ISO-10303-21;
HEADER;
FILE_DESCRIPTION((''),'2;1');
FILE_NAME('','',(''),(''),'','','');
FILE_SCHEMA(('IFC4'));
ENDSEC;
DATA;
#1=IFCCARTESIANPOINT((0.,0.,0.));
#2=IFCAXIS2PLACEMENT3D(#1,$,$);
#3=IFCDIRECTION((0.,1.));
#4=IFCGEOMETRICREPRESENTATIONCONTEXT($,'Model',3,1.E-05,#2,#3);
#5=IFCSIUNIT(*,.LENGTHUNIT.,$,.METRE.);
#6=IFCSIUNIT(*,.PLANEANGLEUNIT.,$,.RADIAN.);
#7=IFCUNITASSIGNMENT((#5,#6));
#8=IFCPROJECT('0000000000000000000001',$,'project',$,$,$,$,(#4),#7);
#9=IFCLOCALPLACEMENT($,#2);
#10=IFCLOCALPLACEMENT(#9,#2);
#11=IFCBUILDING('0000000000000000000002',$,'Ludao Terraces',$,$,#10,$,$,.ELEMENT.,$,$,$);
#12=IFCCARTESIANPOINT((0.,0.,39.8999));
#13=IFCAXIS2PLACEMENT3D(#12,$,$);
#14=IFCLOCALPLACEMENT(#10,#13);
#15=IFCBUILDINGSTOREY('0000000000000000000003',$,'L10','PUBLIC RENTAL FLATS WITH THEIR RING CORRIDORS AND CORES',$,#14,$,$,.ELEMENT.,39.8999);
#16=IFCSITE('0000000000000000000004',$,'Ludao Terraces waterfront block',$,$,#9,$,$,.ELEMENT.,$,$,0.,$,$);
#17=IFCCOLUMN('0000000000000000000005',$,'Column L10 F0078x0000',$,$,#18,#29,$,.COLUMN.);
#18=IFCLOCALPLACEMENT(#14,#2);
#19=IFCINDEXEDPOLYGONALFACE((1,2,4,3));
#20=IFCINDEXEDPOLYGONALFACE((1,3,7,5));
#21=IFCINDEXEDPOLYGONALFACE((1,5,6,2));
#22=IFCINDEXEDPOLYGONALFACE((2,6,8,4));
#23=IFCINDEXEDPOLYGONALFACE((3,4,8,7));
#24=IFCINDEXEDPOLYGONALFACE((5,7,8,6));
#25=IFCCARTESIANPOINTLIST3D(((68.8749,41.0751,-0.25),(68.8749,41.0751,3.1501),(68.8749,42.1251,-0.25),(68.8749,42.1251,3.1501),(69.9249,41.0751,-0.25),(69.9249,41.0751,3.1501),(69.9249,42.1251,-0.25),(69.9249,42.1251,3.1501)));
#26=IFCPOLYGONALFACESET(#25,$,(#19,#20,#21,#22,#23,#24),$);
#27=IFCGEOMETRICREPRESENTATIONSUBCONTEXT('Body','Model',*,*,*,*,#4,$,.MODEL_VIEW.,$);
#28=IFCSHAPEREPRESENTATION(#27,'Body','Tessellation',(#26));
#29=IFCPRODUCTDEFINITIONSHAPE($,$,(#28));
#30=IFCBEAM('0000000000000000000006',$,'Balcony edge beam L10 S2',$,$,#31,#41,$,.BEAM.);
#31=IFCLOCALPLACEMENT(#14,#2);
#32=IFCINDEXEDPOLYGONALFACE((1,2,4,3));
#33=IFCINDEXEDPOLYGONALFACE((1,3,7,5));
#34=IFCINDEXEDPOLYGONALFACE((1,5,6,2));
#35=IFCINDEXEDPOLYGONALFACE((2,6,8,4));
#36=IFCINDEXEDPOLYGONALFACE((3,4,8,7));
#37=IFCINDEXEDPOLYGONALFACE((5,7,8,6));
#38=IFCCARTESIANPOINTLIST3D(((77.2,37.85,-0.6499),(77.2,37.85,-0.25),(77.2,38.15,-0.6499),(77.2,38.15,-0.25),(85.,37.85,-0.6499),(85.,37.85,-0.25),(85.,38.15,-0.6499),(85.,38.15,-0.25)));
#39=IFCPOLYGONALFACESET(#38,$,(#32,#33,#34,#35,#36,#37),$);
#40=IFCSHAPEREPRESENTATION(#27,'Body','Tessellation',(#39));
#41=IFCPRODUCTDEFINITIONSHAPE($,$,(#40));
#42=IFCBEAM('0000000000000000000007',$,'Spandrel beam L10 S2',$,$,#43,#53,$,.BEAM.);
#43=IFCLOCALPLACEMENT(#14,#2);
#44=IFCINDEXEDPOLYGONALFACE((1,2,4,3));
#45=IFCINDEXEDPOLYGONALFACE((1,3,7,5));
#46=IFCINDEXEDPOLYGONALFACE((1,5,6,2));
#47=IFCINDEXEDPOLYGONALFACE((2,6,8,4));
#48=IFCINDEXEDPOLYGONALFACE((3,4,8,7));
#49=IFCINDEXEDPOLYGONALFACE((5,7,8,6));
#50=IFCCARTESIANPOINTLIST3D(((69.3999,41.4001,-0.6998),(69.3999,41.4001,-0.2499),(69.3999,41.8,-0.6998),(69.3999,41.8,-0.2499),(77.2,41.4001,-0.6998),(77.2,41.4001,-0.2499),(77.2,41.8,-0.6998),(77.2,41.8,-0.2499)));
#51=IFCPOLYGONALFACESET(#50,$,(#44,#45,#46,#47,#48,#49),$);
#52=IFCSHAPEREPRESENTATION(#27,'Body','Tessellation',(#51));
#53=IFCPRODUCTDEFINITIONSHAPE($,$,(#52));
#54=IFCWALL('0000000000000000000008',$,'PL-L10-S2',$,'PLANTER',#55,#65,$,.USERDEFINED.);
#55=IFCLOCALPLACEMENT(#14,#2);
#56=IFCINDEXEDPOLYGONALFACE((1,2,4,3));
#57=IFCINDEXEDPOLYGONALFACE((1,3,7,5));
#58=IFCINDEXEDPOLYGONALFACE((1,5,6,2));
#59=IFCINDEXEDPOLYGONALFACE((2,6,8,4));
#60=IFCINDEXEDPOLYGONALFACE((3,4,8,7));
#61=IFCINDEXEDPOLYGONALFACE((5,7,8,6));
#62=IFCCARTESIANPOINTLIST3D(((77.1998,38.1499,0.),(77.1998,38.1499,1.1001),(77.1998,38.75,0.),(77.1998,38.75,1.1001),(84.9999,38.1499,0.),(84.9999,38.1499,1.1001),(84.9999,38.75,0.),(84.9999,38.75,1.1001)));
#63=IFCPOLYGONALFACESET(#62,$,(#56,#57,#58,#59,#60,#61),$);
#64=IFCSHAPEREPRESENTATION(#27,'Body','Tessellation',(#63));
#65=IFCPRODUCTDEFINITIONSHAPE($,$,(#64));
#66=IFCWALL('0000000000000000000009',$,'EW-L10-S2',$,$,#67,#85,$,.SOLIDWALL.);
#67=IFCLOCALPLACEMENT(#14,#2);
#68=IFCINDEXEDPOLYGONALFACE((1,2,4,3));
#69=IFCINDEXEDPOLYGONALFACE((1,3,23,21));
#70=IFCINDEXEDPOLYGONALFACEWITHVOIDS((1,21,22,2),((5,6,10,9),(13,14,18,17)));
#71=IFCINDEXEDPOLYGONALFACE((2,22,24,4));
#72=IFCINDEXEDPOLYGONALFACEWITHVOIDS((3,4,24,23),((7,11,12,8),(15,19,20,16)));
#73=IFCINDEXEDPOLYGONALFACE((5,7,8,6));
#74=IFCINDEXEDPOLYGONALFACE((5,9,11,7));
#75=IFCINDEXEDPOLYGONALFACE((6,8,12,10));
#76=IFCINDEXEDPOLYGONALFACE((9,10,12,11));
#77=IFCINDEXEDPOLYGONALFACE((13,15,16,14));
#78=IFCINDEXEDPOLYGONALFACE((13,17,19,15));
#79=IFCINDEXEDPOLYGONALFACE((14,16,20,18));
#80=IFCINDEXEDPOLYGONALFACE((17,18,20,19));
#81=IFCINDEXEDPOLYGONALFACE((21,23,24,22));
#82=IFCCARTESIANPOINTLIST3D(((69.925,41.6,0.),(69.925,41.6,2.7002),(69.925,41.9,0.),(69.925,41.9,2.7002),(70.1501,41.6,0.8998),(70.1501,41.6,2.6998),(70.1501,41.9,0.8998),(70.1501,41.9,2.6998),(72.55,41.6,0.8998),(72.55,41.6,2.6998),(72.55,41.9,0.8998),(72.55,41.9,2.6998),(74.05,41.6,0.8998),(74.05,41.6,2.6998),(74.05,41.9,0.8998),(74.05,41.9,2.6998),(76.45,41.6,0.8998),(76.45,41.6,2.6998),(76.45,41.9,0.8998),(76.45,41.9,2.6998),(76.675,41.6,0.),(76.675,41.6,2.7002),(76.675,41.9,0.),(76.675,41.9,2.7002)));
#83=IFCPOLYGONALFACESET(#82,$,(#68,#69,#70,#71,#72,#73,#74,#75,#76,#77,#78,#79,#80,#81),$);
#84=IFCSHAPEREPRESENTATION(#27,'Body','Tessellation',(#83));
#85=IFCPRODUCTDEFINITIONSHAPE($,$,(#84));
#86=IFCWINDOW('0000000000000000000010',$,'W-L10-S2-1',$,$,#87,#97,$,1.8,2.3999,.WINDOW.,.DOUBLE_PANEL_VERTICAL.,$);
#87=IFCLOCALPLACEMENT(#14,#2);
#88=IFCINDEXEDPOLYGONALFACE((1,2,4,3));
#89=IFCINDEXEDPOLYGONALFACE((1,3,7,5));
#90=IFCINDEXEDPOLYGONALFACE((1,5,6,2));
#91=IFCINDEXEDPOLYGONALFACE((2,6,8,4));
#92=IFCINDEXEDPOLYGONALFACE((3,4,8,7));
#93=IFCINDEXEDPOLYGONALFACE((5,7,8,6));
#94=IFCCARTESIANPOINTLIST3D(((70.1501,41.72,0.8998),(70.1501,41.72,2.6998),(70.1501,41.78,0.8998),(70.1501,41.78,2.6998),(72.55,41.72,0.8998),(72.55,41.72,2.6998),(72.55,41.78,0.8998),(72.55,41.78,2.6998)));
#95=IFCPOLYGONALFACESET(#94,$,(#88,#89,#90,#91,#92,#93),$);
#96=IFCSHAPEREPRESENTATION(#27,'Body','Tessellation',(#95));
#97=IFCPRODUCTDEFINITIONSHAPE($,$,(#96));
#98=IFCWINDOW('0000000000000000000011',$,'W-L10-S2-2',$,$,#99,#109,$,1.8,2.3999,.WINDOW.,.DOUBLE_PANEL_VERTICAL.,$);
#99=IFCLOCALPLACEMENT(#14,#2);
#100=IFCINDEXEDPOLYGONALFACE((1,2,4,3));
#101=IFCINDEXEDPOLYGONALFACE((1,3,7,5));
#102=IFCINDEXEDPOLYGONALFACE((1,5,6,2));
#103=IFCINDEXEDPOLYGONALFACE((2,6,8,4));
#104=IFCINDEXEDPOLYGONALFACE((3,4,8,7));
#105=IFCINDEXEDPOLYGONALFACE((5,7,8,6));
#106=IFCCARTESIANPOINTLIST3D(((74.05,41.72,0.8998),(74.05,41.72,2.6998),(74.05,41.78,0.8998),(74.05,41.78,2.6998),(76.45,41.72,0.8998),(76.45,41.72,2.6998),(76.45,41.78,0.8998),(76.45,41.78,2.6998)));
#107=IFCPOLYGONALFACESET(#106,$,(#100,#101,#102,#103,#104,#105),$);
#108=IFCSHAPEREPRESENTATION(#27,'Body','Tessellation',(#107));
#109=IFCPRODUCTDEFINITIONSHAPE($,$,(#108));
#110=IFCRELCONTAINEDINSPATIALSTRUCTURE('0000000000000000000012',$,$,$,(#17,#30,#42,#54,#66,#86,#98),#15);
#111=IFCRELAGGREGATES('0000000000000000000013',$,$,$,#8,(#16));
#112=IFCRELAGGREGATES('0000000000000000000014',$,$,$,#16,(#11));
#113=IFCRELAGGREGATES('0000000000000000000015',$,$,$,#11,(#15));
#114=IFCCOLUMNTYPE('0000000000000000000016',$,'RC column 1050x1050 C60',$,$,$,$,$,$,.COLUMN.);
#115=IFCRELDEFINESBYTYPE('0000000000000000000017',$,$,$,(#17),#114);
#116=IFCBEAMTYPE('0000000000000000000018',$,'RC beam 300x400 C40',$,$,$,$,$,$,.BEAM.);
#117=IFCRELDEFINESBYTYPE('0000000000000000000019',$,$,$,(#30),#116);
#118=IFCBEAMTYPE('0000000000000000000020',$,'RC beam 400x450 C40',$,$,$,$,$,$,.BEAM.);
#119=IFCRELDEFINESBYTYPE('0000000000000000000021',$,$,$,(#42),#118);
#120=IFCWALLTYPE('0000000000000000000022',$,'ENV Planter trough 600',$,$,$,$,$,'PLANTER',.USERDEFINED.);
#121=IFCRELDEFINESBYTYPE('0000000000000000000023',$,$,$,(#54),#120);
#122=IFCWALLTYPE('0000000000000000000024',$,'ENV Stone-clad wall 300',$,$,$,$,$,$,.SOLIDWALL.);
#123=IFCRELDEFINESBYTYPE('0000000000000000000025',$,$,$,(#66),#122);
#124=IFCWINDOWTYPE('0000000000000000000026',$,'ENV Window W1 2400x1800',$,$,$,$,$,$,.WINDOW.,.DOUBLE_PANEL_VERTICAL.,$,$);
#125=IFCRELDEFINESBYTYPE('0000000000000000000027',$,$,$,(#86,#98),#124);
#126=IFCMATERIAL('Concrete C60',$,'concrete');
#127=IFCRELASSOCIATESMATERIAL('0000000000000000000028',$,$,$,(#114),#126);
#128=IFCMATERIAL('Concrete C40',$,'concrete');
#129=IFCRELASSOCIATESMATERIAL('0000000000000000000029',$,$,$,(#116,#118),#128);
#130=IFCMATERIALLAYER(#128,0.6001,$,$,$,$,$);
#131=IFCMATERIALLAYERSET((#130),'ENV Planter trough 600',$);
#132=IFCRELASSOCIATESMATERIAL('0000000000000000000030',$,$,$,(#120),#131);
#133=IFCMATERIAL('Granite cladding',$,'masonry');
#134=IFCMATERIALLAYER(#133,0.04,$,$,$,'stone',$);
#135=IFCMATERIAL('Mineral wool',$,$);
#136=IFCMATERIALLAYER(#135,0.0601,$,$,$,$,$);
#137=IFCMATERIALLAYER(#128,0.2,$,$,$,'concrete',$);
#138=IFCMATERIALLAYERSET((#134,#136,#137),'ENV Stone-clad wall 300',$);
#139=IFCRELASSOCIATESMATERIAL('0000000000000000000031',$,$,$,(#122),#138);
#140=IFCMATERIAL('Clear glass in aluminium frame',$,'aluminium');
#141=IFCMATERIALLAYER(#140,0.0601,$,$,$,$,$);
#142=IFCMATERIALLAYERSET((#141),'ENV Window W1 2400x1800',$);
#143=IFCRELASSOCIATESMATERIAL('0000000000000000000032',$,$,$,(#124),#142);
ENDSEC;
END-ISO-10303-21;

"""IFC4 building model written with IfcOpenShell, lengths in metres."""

from ifc_helpers import new_model, si_unit, direction, frame, frame_2d, origin, origin_2d, place, context, subcontext, project, spatial, rectangle, extrude, material, layer, layer_set, material_profile, profile_set, type_object, element, fill, save


model = new_model("IFC4")

# Units and contexts
model_context = context("Model", 3, precision=1e-05, world=origin(), true_north=direction((0.0, 1.0)))
body_context = subcontext(model_context, "Body", "Model", "MODEL_VIEW")
ifc_project = project(units=[si_unit("LENGTHUNIT", "METRE"), si_unit("PLANEANGLEUNIT", "RADIAN")], contexts=[model_context])

# Site, building, storey
site_placement = place(None, origin())
site = spatial("IfcSite", under=ifc_project, at=site_placement, Name="Ludao Terraces waterfront block", CompositionType="ELEMENT", RefElevation=0.0)
building_placement = place(site_placement, origin())
building = spatial("IfcBuilding", under=site, at=building_placement, Name="Ludao Terraces", CompositionType="ELEMENT")
storey_placement = place(building_placement, frame((0.0, 0.0, 39.8999)))
storey = spatial("IfcBuildingStorey", under=building, at=storey_placement, Name="L10", Description="PUBLIC RENTAL FLATS WITH THEIR RING CORRIDORS AND CORES", CompositionType="ELEMENT", Elevation=39.8999)

# Column
ifc_material_1 = material(Name="Concrete C60", Category="concrete")
ifc_material_profile_1 = material_profile(ifc_material_1, rectangle(XDim=1.05, YDim=1.05, at=origin_2d()), Name="1050 X 1050")
ifc_profile_set_1 = profile_set([ifc_material_profile_1], Name="Concrete C60")
column_type = type_object("IfcColumnType", Name="RC column 1050x1050 C60", PredefinedType="COLUMN", material=ifc_profile_set_1)
column_placement = place(storey_placement, frame((69.3999, 41.6001, -0.25), z_axis=(0.0, 0.0, 1.0), x_axis=(1.0, 0.0, 0.0)))
element("IfcColumn", 1, at=column_placement, inside=storey, type_object=column_type, Name="Column L10 F0078x0000", PredefinedType="COLUMN", context=body_context, shape_type="SweptSolid", body=[
    extrude(rectangle(XDim=1.05, YDim=1.05, at=origin_2d()), origin(), (0.0, 0.0, 1.0), 3.4001),
])

# Beams
ifc_material_2 = material(Name="Concrete C40", Category="concrete")
ifc_material_profile_2 = material_profile(ifc_material_2, rectangle(XDim=0.3, YDim=0.3999, at=origin_2d()), Name="300 X 400")
ifc_profile_set_2 = profile_set([ifc_material_profile_2], Name="Concrete C40")
beam_type_1 = type_object("IfcBeamType", Name="RC beam 300x400 C40", PredefinedType="BEAM", material=ifc_profile_set_2)
beam_1_placement = place(storey_placement, frame((77.2, 38.0, -0.45), z_axis=(1.0, 0.0, 0.0), x_axis=(0.0, 1.0, 0.0)))
element("IfcBeam", 2, at=beam_1_placement, inside=storey, type_object=beam_type_1, Name="Balcony edge beam L10 S2", PredefinedType="BEAM", context=body_context, shape_type="SweptSolid", body=[
    extrude(rectangle(XDim=0.3, YDim=0.3999, at=origin_2d()), origin(), (0.0, 0.0, 1.0), 7.8),
])
ifc_material_profile_3 = material_profile(ifc_material_2, rectangle(XDim=0.3999, YDim=0.45, at=origin_2d()), Name="400 X 450")
ifc_profile_set_3 = profile_set([ifc_material_profile_3], Name="Concrete C40")
beam_type_2 = type_object("IfcBeamType", Name="RC beam 400x450 C40", PredefinedType="BEAM", material=ifc_profile_set_3)
beam_2_placement = place(storey_placement, frame((69.3999, 41.6001, -0.4749), z_axis=(1.0, 0.0, 0.0), x_axis=(0.0, 1.0, 0.0)))
element("IfcBeam", 3, at=beam_2_placement, inside=storey, type_object=beam_type_2, Name="Spandrel beam L10 S2", PredefinedType="BEAM", context=body_context, shape_type="SweptSolid", body=[
    extrude(rectangle(XDim=0.3999, YDim=0.45, at=origin_2d()), origin(), (0.0, 0.0, 1.0), 7.8),
])

# Wall
ifc_layer_1 = layer(ifc_material_2, 0.6001)
ifc_layer_set_1 = layer_set([ifc_layer_1], Name="ENV Planter trough 600")
wall_type_1 = type_object("IfcWallType", Name="ENV Planter trough 600", ElementType="PLANTER", PredefinedType="USERDEFINED", material=ifc_layer_set_1)
wall_1_placement = place(storey_placement, frame((77.2, 38.45, 0.0), z_axis=(0.0, 0.0, 1.0), x_axis=(1.0, 0.0, 0.0)))
element("IfcWall", 4, at=wall_1_placement, inside=storey, type_object=wall_type_1, Name="PL-L10-S2", ObjectType="PLANTER", PredefinedType="USERDEFINED", context=body_context, shape_type="SweptSolid", body=[
    extrude(rectangle(XDim=7.8, YDim=0.6001, at=frame_2d((3.8999, 0.0))), origin(), (0.0, 0.0, 1.0), 1.1001),
])

# Wall, openings, windows
ifc_material_3 = material(Name="Granite cladding", Category="masonry")
ifc_layer_2 = layer(ifc_material_3, 0.04, Category="stone")
ifc_material_4 = material(Name="Mineral wool")
ifc_layer_3 = layer(ifc_material_4, 0.0601)
ifc_layer_4 = layer(ifc_material_2, 0.2, Category="concrete")
ifc_layer_set_2 = layer_set([ifc_layer_2, ifc_layer_3, ifc_layer_4], Name="ENV Stone-clad wall 300")
wall_type_2 = type_object("IfcWallType", Name="ENV Stone-clad wall 300", PredefinedType="SOLIDWALL", material=ifc_layer_set_2)
wall_2_placement = place(storey_placement, frame((69.925, 41.75, 0.0), z_axis=(0.0, 0.0, 1.0), x_axis=(1.0, 0.0, 0.0)))
wall_2 = element("IfcWall", 5, at=wall_2_placement, inside=storey, type_object=wall_type_2, Name="EW-L10-S2", PredefinedType="SOLIDWALL", context=body_context, shape_type="SweptSolid", body=[
    extrude(rectangle(XDim=6.75, YDim=0.3, at=frame_2d((3.375, 0.0))), origin(), (0.0, 0.0, 1.0), 2.7002),
])
opening_1_placement = place(wall_2_placement, frame((0.2251, 0.0, 0.8999)))
opening_1 = element("IfcOpeningElement", 6, at=opening_1_placement, cuts=wall_2, PredefinedType="OPENING", context=body_context, shape_type="SweptSolid", body=[
    extrude(rectangle(XDim=2.3999, YDim=1.8, at=frame_2d((1.2, 0.8999))), frame((0.0, 0.1602, 0.0), z_axis=(0.0, -1.0, 0.0), x_axis=(1.0, 0.0, 0.0)), (0.0, 0.0, 1.0), 0.3201),
])
opening_2_placement = place(wall_2_placement, frame((4.125, 0.0, 0.8999)))
opening_2 = element("IfcOpeningElement", 7, at=opening_2_placement, cuts=wall_2, PredefinedType="OPENING", context=body_context, shape_type="SweptSolid", body=[
    extrude(rectangle(XDim=2.3999, YDim=1.8, at=frame_2d((1.2, 0.8999))), frame((0.0, 0.1602, 0.0), z_axis=(0.0, -1.0, 0.0), x_axis=(1.0, 0.0, 0.0)), (0.0, 0.0, 1.0), 0.3201),
])
ifc_material_5 = material(Name="Clear glass in aluminium frame", Category="aluminium")
ifc_layer_5 = layer(ifc_material_5, 0.0601)
ifc_layer_set_3 = layer_set([ifc_layer_5], Name="ENV Window W1 2400x1800")
window_type = type_object("IfcWindowType", Name="ENV Window W1 2400x1800", PartitioningType="DOUBLE_PANEL_VERTICAL", PredefinedType="WINDOW", material=ifc_layer_set_3)
window_1_placement = place(opening_1_placement, origin())
window_1 = element("IfcWindow", 8, at=window_1_placement, inside=storey, type_object=window_type, Name="W-L10-S2-1", OverallHeight=1.8, OverallWidth=2.3999, PartitioningType="DOUBLE_PANEL_VERTICAL", PredefinedType="WINDOW", context=body_context, shape_type="SweptSolid", body=[
    extrude(rectangle(XDim=2.3999, YDim=1.8, at=frame_2d((1.2, 0.8999))), frame((0.0, 0.03, 0.0), z_axis=(0.0, -1.0, 0.0), x_axis=(1.0, 0.0, 0.0)), (0.0, 0.0, 1.0), 0.0601),
])
fill(opening_1, window_1)
window_2_placement = place(opening_2_placement, origin())
window_2 = element("IfcWindow", 9, at=window_2_placement, inside=storey, type_object=window_type, Name="W-L10-S2-2", OverallHeight=1.8, OverallWidth=2.3999, PartitioningType="DOUBLE_PANEL_VERTICAL", PredefinedType="WINDOW", context=body_context, shape_type="SweptSolid", body=[
    extrude(rectangle(XDim=2.3999, YDim=1.8, at=frame_2d((1.2, 0.8999))), frame((0.0, 0.03, 0.0), z_axis=(0.0, -1.0, 0.0), x_axis=(1.0, 0.0, 0.0)), (0.0, 0.0, 1.0), 0.0601),
])
fill(opening_2, window_2)

save(model, "model.ifc")
